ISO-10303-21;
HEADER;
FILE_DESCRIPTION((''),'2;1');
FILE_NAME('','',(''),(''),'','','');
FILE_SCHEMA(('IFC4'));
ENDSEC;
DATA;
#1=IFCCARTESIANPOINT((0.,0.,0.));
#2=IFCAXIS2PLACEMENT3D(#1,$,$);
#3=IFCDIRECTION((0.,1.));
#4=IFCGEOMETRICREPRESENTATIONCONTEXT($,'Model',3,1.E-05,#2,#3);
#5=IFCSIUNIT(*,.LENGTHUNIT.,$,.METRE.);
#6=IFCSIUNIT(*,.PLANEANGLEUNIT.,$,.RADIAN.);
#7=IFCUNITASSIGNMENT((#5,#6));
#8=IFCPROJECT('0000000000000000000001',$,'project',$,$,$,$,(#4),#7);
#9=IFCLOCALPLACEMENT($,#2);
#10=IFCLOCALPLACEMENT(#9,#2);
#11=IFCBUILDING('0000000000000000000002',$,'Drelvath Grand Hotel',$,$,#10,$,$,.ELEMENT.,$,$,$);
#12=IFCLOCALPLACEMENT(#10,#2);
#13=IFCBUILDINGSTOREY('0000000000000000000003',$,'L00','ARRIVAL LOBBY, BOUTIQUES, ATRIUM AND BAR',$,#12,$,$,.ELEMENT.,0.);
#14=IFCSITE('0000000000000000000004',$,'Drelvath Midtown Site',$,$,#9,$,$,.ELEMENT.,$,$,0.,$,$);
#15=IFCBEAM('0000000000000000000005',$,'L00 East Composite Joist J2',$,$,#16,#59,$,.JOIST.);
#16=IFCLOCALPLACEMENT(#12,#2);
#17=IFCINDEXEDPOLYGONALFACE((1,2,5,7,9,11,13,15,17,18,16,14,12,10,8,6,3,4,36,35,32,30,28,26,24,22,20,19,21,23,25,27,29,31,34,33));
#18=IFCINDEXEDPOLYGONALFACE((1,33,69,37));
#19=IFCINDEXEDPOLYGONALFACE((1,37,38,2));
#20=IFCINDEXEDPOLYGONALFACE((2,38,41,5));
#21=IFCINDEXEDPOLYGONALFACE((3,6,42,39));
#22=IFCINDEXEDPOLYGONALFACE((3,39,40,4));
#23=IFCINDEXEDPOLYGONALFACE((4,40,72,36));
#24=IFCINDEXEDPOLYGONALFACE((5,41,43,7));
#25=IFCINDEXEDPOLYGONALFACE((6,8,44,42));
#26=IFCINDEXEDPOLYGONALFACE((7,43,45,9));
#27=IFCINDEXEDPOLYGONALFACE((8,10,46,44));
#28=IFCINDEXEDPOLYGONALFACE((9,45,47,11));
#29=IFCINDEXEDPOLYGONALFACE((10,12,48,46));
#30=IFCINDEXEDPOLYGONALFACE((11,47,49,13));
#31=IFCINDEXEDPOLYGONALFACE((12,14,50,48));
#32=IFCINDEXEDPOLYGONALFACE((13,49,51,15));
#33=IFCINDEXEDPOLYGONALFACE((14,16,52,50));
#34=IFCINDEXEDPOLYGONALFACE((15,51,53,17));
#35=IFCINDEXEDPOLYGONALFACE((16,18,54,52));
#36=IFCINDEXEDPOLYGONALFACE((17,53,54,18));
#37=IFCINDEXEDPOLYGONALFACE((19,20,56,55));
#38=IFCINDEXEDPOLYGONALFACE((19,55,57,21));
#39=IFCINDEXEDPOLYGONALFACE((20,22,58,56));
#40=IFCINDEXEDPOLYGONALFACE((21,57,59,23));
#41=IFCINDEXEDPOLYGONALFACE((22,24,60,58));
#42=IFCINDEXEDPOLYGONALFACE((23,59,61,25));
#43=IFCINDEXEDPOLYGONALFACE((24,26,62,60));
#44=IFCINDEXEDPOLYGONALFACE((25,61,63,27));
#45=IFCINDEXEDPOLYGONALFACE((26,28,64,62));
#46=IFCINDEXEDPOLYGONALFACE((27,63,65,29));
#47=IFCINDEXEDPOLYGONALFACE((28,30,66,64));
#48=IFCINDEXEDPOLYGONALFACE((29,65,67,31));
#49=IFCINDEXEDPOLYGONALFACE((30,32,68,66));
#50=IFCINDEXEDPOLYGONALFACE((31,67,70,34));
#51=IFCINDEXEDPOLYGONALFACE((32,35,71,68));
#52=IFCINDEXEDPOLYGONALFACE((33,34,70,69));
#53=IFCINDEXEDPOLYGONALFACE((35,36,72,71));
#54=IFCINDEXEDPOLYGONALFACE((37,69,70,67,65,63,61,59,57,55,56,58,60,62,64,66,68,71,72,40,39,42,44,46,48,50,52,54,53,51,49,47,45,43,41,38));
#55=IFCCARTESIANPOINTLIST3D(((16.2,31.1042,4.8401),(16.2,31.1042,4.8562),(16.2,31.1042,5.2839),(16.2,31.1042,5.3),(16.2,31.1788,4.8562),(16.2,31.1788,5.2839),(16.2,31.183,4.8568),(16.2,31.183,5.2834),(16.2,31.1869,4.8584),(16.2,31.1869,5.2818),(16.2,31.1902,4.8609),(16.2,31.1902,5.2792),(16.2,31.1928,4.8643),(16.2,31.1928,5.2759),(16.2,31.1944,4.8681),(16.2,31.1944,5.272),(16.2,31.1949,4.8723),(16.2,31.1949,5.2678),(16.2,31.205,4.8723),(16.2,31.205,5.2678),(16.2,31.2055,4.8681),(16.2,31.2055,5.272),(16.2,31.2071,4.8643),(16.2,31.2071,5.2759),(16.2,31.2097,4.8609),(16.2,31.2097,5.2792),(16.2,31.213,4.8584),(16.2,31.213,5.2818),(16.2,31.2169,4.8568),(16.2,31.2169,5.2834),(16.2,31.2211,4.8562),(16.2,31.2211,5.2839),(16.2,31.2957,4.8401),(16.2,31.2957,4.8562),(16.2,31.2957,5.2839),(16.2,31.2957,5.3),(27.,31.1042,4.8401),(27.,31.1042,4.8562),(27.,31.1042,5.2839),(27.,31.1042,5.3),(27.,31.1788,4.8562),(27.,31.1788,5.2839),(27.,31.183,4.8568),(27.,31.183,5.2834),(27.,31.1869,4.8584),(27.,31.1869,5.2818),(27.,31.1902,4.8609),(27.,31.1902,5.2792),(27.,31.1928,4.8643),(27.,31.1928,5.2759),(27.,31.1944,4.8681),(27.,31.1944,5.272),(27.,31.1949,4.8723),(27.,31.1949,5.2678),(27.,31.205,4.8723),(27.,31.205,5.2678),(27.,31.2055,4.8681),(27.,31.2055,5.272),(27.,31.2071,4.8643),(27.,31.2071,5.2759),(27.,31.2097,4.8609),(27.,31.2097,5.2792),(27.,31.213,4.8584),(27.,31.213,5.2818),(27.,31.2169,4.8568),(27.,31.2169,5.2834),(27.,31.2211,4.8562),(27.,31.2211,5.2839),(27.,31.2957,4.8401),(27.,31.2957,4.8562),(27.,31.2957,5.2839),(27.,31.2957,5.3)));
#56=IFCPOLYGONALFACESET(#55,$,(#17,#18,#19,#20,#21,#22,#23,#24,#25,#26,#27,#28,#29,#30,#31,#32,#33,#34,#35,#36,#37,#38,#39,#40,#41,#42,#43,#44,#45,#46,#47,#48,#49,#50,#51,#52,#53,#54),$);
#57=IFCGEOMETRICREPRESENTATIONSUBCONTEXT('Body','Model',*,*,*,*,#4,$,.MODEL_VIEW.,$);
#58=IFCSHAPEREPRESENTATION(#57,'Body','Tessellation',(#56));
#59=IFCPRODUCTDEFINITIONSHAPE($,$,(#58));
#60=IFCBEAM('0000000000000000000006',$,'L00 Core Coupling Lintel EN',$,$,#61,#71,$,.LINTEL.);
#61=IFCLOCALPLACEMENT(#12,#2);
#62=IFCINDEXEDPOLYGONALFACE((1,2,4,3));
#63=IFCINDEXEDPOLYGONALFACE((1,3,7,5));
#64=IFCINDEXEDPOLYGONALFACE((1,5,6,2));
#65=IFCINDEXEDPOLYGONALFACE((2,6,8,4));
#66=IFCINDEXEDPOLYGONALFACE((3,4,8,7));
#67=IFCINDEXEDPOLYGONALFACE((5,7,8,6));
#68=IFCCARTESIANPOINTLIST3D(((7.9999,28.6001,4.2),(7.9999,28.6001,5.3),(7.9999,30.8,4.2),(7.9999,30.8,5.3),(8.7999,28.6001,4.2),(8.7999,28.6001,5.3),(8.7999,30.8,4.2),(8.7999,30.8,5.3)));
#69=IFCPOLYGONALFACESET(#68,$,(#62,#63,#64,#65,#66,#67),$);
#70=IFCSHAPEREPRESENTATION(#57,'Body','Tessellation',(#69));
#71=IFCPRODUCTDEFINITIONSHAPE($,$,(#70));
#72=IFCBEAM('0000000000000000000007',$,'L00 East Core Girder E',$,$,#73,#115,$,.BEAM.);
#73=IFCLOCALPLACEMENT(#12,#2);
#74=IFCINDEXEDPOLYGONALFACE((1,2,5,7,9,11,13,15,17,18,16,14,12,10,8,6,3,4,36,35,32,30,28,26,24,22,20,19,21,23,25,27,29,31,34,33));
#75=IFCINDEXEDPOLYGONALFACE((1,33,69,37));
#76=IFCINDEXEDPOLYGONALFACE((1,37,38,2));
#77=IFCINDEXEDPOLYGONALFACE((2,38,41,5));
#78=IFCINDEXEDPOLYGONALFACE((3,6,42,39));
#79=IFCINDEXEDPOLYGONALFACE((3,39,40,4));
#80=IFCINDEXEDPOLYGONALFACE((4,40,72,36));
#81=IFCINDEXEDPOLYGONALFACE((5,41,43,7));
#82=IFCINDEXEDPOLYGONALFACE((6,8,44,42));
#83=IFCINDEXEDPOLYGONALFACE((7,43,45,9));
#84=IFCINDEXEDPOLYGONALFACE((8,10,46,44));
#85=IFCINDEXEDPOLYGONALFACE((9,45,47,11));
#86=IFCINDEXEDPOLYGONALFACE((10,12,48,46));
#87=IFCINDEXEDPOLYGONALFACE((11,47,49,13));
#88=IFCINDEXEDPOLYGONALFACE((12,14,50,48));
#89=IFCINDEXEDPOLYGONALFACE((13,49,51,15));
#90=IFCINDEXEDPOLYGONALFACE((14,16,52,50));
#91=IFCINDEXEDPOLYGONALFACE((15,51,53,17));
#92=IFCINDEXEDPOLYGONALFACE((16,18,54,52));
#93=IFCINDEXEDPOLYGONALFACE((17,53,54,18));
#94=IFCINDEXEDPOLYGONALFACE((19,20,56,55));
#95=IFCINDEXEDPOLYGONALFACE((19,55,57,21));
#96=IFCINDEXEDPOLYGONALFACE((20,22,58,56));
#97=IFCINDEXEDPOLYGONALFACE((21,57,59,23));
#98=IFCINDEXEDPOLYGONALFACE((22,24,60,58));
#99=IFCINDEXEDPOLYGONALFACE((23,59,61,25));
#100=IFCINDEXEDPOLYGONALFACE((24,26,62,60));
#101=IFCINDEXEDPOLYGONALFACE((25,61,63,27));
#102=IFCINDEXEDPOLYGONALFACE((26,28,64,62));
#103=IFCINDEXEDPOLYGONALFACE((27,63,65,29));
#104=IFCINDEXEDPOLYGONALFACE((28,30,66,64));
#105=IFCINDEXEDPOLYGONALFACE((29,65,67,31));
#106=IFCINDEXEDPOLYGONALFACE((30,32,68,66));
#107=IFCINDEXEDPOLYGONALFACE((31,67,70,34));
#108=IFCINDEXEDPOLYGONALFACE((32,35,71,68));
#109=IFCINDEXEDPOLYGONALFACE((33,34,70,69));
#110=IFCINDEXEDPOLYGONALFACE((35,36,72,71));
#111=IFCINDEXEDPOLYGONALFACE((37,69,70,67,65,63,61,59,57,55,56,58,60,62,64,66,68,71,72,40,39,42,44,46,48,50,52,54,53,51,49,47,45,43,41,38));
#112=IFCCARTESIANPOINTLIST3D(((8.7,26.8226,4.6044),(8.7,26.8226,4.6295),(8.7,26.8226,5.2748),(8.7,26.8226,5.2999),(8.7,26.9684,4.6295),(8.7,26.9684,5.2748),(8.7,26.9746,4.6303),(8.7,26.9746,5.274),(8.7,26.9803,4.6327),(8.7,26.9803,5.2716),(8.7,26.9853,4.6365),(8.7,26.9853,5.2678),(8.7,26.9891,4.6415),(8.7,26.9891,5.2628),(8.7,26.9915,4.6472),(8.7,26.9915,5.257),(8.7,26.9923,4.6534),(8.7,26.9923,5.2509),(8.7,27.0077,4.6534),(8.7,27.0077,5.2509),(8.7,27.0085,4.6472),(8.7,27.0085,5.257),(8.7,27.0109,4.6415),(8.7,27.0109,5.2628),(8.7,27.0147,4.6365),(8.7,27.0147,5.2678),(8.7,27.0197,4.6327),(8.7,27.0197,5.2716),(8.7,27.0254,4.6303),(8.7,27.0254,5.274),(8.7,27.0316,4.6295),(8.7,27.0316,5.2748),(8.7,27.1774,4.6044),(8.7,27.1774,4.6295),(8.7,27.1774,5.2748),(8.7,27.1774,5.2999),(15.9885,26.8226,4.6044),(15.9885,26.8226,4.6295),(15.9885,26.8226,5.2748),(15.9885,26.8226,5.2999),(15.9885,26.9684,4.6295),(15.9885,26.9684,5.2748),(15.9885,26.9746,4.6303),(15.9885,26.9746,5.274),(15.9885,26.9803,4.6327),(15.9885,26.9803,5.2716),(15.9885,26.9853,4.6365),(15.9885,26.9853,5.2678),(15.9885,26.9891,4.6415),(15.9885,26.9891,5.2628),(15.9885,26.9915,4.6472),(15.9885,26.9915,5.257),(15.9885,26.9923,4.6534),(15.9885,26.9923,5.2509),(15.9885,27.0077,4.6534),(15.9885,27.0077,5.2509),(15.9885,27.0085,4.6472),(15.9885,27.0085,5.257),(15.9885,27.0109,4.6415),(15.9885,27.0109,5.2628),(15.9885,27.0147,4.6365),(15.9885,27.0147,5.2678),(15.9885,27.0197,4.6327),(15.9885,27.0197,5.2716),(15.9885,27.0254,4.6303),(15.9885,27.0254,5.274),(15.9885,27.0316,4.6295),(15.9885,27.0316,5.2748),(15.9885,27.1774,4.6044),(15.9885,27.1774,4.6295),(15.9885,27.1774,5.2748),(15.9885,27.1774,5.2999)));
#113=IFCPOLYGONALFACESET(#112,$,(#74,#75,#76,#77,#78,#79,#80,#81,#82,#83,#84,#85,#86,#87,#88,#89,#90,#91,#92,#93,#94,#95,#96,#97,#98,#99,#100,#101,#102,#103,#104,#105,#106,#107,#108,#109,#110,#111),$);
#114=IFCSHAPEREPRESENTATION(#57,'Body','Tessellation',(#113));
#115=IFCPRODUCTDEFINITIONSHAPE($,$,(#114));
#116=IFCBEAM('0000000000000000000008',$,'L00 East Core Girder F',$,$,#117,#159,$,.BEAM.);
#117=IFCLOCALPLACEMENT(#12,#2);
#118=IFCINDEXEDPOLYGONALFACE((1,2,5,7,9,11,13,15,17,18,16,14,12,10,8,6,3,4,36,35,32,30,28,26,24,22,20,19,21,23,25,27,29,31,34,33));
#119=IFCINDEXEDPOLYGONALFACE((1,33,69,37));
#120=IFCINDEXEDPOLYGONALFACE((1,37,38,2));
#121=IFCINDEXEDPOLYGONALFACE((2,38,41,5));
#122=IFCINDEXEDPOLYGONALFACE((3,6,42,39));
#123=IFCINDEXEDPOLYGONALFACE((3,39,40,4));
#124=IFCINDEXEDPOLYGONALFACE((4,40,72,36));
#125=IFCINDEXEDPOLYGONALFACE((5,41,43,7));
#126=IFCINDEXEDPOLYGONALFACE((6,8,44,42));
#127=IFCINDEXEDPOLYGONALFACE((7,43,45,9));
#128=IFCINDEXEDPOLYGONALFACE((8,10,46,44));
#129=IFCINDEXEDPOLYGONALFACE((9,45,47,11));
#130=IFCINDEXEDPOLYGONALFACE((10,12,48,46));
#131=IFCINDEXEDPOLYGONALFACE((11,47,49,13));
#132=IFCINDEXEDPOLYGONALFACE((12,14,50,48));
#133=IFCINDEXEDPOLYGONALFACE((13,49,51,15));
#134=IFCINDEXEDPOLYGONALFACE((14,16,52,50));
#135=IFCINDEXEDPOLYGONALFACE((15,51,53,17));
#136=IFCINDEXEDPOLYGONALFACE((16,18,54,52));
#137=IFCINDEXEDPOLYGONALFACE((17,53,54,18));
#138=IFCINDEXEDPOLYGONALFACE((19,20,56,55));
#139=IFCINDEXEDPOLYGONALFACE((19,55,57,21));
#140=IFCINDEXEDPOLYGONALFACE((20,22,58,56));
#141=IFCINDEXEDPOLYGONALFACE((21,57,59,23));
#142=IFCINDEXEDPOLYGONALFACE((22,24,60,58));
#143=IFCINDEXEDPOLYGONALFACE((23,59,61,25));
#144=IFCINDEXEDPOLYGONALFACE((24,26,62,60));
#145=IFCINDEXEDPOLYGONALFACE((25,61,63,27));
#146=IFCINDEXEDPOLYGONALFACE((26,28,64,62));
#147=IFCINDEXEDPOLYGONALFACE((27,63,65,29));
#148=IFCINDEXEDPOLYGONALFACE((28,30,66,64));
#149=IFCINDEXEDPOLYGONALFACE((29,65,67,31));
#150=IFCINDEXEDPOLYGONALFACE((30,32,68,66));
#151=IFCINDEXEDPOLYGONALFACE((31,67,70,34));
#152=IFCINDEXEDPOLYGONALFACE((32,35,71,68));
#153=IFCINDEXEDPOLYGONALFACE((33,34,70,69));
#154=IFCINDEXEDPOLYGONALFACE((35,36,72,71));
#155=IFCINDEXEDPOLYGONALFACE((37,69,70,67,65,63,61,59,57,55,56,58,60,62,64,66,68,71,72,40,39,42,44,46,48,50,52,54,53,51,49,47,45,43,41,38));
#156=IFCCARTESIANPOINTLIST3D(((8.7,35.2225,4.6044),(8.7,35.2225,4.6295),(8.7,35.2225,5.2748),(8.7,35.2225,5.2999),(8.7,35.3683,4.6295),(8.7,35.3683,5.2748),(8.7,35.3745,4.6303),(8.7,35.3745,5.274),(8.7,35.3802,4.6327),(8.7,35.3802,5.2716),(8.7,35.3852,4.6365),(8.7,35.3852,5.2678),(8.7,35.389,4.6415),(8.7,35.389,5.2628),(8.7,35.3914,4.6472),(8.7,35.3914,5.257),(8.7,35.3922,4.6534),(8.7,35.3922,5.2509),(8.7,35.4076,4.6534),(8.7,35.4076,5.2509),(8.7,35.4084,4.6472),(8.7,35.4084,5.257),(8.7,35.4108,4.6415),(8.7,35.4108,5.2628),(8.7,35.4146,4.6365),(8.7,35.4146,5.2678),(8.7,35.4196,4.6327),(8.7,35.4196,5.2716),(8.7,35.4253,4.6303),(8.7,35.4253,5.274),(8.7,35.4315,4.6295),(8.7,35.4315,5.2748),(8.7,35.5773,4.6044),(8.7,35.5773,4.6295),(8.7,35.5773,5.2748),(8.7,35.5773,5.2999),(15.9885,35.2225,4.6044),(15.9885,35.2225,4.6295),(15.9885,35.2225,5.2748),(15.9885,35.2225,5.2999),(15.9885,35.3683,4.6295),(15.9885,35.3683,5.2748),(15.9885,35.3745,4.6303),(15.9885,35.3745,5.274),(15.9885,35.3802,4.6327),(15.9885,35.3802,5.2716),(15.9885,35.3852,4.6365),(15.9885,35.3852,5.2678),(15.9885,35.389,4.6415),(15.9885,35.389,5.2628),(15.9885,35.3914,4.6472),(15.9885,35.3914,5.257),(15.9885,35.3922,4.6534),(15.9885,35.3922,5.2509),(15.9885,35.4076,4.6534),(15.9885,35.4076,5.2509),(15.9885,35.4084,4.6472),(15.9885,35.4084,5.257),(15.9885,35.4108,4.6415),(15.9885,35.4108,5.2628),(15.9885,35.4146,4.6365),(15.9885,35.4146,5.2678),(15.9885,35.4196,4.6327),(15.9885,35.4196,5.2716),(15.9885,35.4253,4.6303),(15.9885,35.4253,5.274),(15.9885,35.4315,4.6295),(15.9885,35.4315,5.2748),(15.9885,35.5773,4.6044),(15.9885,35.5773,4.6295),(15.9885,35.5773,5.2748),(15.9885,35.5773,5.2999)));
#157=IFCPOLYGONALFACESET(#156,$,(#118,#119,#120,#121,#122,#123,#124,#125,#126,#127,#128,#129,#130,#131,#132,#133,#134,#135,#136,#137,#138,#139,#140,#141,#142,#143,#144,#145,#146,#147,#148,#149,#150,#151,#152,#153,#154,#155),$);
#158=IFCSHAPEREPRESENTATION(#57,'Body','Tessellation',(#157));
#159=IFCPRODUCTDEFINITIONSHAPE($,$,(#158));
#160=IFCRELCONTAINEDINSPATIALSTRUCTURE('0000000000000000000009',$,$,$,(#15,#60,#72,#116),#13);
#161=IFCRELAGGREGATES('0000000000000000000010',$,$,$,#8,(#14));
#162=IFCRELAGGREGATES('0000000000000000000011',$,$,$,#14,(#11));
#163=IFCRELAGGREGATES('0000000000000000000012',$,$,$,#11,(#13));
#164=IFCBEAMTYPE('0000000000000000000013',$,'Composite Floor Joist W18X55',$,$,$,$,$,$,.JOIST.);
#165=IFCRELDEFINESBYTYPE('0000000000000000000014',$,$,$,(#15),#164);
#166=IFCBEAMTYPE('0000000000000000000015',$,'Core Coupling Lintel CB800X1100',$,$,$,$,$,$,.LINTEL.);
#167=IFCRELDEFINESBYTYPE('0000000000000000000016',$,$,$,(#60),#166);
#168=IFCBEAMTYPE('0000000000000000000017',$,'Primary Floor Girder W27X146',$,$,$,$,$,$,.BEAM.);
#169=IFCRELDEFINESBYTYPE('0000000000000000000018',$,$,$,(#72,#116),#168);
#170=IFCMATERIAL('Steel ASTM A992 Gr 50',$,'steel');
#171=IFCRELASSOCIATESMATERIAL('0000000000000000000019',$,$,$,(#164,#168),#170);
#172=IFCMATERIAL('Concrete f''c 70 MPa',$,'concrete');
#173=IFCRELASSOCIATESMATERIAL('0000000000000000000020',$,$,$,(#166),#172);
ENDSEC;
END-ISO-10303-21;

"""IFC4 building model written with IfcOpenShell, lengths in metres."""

from ifc_helpers import new_model, si_unit, direction, frame, origin, origin_2d, place, context, subcontext, project, spatial, rectangle, i_section, extrude, material, material_profile, profile_set, type_object, element, save


model = new_model("IFC4")

# Units and contexts
model_context = context("Model", 3, precision=1e-05, world=origin(), true_north=direction((0.0, 1.0)))
body_context = subcontext(model_context, "Body", "Model", "MODEL_VIEW")
ifc_project = project(units=[si_unit("LENGTHUNIT", "METRE"), si_unit("PLANEANGLEUNIT", "RADIAN")], contexts=[model_context])

# Site, building, storey
site_placement = place(None, origin())
site = spatial("IfcSite", under=ifc_project, at=site_placement, Name="Drelvath Midtown Site", CompositionType="ELEMENT", RefElevation=0.0)
building_placement = place(site_placement, origin())
building = spatial("IfcBuilding", under=site, at=building_placement, Name="Drelvath Grand Hotel", CompositionType="ELEMENT")
storey_placement = place(building_placement, origin())
storey = spatial("IfcBuildingStorey", under=building, at=storey_placement, Name="L00", Description="ARRIVAL LOBBY, BOUTIQUES, ATRIUM AND BAR", CompositionType="ELEMENT", Elevation=0.0)

# Beams
ifc_material_1 = material(Name="Steel ASTM A992 Gr 50", Category="steel")
ifc_material_profile_1 = material_profile(ifc_material_1, i_section(OverallWidth=0.1914, OverallDepth=0.46, WebThickness=0.01, FlangeThickness=0.0161, FilletRadius=0.0161, at=origin_2d()), Name="W18X55")
ifc_profile_set_1 = profile_set([ifc_material_profile_1], Name="Steel ASTM A992 Gr 50")
beam_type_1 = type_object("IfcBeamType", Name="Composite Floor Joist W18X55", PredefinedType="JOIST", material=ifc_profile_set_1)
beam_1_placement = place(storey_placement, frame((16.2, 31.2, 5.0701), z_axis=(1.0, 0.0, 0.0), x_axis=(0.0, 1.0, 0.0)))
element("IfcBeam", 1, at=beam_1_placement, inside=storey, type_object=beam_type_1, Name="L00 East Composite Joist J2", PredefinedType="JOIST", context=body_context, shape_type="SweptSolid", body=[
    extrude(i_section(OverallWidth=0.1914, OverallDepth=0.46, WebThickness=0.01, FlangeThickness=0.0161, FilletRadius=0.0161, at=origin_2d()), origin(), (0.0, 0.0, 1.0), 10.8),
])
ifc_material_2 = material(Name="Concrete f'c 70 MPa", Category="concrete")
ifc_material_profile_2 = material_profile(ifc_material_2, rectangle(XDim=0.8, YDim=1.1001, at=origin_2d()), Name="CB800X1100")
ifc_profile_set_2 = profile_set([ifc_material_profile_2], Name="Concrete f'c 70 MPa")
beam_type_2 = type_object("IfcBeamType", Name="Core Coupling Lintel CB800X1100", PredefinedType="LINTEL", material=ifc_profile_set_2)
beam_2_placement = place(storey_placement, frame((8.3999, 28.6001, 4.75), z_axis=(0.0, 1.0, 0.0), x_axis=(-1.0, 0.0, 0.0)))
element("IfcBeam", 2, at=beam_2_placement, inside=storey, type_object=beam_type_2, Name="L00 Core Coupling Lintel EN", PredefinedType="LINTEL", context=body_context, shape_type="SweptSolid", body=[
    extrude(rectangle(XDim=0.8, YDim=1.1001, at=origin_2d()), origin(), (0.0, 0.0, 1.0), 2.2),
])
ifc_material_profile_3 = material_profile(ifc_material_1, i_section(OverallWidth=0.3547, OverallDepth=0.6956, WebThickness=0.0154, FlangeThickness=0.0251, FilletRadius=0.0239, at=origin_2d()), Name="W27X146")
ifc_profile_set_3 = profile_set([ifc_material_profile_3], Name="Steel ASTM A992 Gr 50")
beam_type_3 = type_object("IfcBeamType", Name="Primary Floor Girder W27X146", PredefinedType="BEAM", material=ifc_profile_set_3)
for number, where, z_axis, x_axis, name in (
    (3, (8.7, 27.0, 4.9521), (1.0, 0.0, 0.0), (0.0, 1.0, 0.0), "L00 East Core Girder E"),
    (4, (8.7, 35.3999, 4.9521), (1.0, 0.0, 0.0), (0.0, 1.0, 0.0), "L00 East Core Girder F"),
):
    element("IfcBeam", number, at=place(storey_placement, frame(where, z_axis=z_axis, x_axis=x_axis)), inside=storey, type_object=beam_type_3, Name=name, PredefinedType="BEAM", context=body_context, shape_type="SweptSolid", body=[
        extrude(i_section(OverallWidth=0.3547, OverallDepth=0.6956, WebThickness=0.0154, FlangeThickness=0.0251, FilletRadius=0.0239, at=origin_2d()), origin(), (0.0, 0.0, 1.0), 7.2886),
    ])

save(model, "model.ifc")
